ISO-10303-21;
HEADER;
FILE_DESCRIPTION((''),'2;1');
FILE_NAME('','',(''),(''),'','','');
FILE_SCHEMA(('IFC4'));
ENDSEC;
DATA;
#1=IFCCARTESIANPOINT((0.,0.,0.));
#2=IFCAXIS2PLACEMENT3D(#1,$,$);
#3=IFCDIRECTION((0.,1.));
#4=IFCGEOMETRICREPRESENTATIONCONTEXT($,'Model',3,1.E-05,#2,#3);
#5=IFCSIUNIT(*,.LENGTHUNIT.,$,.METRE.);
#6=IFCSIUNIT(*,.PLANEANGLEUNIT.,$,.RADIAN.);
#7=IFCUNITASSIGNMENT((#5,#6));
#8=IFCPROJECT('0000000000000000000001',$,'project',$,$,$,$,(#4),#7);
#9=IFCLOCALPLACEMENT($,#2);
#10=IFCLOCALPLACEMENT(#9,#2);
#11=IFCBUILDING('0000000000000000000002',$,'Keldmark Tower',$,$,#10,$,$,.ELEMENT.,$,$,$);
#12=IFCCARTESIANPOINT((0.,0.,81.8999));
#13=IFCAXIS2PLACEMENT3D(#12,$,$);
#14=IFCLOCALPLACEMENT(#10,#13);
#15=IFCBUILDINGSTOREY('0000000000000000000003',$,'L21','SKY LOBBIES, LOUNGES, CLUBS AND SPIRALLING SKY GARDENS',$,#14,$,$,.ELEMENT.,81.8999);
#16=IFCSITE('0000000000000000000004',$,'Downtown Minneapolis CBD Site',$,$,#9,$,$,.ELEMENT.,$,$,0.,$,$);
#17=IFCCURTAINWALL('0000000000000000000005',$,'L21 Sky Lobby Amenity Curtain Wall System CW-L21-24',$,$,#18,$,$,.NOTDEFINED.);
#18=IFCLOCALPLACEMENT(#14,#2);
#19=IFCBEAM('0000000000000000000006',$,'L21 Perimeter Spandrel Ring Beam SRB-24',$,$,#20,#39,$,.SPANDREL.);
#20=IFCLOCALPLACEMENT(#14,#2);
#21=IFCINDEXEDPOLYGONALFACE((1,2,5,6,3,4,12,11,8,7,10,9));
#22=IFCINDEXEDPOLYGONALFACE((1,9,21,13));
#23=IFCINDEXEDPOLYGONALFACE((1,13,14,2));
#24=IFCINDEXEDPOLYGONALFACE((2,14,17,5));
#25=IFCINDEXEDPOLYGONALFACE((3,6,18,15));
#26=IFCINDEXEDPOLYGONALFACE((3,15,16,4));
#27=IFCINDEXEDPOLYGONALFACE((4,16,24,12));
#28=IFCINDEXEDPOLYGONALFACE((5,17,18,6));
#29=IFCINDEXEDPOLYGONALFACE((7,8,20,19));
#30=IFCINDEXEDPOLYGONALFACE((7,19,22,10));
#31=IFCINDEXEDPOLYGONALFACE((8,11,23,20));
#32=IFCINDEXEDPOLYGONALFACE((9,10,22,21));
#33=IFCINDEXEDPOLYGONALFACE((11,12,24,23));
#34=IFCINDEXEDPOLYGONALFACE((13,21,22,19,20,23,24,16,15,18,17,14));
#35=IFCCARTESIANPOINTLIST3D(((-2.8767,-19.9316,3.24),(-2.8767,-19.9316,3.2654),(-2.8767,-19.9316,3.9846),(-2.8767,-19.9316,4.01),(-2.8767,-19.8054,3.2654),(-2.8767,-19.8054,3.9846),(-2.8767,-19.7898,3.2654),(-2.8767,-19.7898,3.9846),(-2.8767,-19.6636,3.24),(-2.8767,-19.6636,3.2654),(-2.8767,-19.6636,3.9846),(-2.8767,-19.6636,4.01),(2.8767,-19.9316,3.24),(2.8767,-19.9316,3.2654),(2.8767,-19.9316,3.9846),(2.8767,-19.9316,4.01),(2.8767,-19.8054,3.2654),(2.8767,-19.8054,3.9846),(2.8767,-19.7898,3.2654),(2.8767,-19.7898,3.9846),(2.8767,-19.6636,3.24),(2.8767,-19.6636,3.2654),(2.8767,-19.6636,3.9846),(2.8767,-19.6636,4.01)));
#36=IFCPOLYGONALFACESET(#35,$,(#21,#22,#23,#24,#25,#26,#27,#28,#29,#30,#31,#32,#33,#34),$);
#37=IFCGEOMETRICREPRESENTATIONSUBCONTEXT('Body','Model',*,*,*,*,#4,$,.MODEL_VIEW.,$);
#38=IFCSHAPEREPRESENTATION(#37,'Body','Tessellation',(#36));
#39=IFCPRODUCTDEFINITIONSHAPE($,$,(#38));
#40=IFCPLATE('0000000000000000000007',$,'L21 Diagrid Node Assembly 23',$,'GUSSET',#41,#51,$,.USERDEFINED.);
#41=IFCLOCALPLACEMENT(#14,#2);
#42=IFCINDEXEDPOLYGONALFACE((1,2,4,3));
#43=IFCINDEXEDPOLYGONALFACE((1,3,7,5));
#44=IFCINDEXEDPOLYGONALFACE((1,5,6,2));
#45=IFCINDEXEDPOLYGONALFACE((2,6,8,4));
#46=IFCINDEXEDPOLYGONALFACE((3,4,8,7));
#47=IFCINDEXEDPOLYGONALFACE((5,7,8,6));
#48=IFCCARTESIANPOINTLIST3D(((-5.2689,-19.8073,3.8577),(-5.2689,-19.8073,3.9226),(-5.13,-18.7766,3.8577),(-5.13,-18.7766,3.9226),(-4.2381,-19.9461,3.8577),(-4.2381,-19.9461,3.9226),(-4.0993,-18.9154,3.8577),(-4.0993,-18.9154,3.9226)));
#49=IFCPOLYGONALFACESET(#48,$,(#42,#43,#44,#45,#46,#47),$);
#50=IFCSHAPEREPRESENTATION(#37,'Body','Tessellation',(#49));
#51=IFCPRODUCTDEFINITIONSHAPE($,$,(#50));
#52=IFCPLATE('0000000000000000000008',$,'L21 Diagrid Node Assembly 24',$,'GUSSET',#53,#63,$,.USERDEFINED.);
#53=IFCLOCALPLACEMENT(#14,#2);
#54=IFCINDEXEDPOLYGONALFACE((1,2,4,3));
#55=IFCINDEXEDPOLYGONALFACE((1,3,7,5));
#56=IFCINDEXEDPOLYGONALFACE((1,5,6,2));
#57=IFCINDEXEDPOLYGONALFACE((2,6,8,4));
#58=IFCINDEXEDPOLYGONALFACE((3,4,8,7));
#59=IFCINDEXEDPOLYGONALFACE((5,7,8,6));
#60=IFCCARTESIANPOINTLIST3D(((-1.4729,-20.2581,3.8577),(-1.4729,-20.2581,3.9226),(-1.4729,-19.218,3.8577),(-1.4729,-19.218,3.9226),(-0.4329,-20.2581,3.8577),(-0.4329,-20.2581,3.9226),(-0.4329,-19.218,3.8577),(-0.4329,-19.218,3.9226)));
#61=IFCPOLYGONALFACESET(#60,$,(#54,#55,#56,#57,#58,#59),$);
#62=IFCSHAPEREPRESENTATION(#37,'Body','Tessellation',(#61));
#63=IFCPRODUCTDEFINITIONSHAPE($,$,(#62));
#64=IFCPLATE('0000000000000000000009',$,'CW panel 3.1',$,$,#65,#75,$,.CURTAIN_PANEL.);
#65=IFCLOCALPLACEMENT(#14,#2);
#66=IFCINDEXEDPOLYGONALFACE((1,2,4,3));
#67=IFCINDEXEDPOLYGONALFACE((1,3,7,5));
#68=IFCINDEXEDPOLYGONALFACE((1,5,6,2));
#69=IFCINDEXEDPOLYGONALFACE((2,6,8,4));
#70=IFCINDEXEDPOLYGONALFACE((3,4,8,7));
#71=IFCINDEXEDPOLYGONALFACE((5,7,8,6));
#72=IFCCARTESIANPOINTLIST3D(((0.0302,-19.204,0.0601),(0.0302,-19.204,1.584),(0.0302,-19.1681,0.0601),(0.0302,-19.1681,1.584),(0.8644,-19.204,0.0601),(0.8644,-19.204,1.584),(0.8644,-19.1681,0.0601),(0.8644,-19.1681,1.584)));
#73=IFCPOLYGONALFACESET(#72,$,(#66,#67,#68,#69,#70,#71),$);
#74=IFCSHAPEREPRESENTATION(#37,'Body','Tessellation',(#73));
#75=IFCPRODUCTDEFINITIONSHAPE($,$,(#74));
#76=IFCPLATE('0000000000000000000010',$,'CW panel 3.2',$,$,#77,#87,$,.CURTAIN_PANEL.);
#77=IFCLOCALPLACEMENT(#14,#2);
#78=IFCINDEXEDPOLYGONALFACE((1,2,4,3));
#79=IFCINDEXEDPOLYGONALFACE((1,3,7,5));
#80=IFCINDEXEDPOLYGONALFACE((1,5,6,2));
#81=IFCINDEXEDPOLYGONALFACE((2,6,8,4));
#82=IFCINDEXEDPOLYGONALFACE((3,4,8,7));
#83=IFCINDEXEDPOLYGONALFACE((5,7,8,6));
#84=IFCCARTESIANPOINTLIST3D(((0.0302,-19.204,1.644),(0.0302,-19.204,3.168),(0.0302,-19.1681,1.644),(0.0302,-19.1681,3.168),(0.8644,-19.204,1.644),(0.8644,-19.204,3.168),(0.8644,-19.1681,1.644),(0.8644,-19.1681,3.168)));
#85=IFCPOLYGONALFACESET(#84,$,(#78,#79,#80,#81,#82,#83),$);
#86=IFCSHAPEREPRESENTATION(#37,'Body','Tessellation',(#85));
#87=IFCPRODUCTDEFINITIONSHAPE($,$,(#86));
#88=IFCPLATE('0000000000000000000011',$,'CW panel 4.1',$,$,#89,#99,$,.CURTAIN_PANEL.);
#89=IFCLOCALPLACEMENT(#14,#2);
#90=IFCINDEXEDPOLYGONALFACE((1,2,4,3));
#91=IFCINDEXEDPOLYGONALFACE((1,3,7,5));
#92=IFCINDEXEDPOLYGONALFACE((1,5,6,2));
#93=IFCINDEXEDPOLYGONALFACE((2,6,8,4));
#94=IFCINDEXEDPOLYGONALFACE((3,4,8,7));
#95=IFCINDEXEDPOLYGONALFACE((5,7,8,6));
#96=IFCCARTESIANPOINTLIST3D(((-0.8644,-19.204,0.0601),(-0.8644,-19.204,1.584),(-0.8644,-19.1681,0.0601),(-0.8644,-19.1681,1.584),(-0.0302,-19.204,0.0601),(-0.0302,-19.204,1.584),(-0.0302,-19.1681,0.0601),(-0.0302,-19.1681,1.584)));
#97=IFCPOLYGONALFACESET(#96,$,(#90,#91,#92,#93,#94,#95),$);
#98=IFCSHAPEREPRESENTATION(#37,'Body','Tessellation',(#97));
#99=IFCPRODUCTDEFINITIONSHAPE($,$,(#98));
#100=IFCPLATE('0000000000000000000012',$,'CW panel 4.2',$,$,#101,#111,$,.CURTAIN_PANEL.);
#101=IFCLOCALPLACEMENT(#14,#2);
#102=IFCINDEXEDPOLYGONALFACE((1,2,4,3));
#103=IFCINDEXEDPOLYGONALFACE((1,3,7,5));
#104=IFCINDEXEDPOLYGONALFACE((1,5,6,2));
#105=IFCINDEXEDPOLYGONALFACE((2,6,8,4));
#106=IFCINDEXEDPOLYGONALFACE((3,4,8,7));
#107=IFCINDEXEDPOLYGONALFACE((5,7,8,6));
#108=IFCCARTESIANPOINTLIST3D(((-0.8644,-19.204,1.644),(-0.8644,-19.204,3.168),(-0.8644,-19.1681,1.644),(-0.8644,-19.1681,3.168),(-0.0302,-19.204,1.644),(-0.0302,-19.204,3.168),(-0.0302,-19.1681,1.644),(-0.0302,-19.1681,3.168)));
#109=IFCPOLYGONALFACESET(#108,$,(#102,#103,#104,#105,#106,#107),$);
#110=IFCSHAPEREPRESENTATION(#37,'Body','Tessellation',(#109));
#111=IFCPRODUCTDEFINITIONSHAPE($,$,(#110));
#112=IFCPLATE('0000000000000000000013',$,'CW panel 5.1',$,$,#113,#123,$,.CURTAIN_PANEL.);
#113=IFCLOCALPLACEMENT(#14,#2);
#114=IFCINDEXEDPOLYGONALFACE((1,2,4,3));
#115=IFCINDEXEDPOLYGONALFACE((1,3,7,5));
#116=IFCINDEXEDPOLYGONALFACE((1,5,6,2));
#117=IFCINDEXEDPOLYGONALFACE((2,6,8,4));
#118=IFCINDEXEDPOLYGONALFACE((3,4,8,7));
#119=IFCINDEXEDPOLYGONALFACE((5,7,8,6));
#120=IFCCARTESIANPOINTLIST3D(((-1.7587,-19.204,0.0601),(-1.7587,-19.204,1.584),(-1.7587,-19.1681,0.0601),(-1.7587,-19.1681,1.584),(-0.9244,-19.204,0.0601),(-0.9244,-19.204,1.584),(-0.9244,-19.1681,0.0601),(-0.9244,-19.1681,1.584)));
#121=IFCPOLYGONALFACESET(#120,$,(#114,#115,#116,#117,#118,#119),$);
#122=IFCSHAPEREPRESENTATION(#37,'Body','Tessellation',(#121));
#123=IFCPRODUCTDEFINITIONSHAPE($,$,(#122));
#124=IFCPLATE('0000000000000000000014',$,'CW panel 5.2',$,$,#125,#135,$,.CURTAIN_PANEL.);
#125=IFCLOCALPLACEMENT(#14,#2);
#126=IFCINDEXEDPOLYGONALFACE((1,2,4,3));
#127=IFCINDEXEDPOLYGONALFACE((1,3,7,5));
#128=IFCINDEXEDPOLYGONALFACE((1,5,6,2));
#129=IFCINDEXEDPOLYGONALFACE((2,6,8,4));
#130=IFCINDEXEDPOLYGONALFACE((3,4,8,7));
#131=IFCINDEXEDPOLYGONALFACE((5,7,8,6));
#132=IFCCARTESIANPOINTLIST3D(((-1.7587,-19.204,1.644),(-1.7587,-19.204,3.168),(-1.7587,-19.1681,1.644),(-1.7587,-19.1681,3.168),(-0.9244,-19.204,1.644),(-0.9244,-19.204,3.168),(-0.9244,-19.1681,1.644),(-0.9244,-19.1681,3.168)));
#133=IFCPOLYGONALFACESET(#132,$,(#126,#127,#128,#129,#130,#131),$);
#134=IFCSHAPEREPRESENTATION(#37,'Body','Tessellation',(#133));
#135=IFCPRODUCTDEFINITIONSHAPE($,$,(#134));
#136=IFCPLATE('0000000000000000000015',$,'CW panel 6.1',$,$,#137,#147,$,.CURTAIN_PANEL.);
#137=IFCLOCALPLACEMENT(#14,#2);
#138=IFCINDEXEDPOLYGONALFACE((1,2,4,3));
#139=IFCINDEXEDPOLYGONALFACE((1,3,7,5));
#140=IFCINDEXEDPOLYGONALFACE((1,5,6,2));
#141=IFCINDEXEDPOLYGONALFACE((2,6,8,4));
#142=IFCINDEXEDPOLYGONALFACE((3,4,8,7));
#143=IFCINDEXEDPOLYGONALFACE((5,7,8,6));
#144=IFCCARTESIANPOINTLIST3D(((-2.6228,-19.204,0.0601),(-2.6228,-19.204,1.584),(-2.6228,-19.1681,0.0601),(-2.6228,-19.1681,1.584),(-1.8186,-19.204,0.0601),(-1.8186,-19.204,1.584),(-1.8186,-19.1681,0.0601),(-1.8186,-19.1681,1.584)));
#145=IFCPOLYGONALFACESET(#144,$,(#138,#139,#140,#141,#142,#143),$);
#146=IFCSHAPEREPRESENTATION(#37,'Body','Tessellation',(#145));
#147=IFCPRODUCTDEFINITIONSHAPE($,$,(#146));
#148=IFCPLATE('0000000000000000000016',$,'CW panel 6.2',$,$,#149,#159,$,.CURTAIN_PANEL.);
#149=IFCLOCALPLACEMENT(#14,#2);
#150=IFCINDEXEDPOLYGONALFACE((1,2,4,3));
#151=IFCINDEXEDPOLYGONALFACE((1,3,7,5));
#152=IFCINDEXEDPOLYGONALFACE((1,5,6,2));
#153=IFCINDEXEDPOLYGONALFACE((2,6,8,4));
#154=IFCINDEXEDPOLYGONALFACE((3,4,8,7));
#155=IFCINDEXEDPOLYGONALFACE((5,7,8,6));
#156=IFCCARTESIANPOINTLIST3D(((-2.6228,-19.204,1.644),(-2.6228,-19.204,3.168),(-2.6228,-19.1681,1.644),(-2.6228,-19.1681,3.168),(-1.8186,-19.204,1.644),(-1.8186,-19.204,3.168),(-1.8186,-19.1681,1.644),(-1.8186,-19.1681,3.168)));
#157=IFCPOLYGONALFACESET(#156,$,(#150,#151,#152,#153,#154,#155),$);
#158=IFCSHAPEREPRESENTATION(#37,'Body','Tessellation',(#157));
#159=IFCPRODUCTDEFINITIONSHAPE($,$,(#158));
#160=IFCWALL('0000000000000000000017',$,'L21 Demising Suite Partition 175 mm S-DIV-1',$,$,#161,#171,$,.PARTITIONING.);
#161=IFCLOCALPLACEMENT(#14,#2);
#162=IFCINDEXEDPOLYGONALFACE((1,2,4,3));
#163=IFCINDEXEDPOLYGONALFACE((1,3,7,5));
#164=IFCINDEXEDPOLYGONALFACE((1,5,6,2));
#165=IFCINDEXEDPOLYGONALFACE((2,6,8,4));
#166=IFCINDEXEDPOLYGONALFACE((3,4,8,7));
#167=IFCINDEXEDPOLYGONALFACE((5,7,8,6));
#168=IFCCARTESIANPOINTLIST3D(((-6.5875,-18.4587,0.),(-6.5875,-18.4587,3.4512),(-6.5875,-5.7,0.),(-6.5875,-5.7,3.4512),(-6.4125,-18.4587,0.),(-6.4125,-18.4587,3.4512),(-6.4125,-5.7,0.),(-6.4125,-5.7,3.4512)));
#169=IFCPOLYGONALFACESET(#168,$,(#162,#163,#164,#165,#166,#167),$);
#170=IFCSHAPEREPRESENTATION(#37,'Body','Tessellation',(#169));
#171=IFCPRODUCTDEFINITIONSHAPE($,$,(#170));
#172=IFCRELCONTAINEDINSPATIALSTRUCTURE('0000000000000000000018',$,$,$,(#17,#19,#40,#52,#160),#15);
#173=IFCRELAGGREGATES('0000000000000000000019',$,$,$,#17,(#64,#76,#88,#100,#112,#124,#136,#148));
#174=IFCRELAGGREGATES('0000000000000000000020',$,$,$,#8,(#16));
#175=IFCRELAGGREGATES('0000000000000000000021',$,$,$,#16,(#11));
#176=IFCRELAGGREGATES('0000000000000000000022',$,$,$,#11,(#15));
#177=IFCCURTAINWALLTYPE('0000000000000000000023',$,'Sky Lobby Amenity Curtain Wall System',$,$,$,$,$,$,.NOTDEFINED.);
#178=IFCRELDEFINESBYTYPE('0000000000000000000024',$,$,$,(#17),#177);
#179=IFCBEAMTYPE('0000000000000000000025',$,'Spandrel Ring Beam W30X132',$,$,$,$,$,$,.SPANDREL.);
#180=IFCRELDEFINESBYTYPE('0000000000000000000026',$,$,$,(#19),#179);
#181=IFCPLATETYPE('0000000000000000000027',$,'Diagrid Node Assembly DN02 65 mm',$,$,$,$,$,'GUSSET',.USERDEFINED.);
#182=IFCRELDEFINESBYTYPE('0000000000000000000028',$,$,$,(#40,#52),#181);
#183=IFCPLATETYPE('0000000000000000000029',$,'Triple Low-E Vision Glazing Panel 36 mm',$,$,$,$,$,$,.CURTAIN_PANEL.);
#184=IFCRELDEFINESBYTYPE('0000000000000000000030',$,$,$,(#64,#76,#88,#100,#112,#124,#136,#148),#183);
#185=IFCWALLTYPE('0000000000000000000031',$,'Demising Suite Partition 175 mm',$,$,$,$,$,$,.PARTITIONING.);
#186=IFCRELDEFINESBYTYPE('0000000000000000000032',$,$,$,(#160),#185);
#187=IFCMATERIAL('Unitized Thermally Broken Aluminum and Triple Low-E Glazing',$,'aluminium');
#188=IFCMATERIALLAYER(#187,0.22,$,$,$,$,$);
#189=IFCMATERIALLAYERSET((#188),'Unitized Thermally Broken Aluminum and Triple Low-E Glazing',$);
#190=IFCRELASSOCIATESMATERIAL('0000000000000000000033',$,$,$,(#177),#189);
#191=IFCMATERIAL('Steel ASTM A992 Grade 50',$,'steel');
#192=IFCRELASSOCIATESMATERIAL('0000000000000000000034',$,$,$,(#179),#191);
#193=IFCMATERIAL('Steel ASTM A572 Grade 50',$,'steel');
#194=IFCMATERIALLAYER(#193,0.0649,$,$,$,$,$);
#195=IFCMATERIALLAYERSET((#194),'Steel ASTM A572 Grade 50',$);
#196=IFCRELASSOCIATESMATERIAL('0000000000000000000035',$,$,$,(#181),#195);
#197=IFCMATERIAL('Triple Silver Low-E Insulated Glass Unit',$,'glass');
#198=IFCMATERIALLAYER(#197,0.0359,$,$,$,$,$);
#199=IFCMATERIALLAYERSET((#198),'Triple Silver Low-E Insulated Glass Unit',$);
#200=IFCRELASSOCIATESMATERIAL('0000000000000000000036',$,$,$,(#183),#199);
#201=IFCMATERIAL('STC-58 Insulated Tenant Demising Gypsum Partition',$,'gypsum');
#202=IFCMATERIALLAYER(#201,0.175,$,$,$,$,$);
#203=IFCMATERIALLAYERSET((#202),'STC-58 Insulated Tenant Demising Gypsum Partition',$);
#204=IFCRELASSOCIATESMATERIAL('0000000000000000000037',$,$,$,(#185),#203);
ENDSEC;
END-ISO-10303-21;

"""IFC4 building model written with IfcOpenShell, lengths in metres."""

from ifc_helpers import new_model, si_unit, direction, frame, frame_2d, origin, origin_2d, place, context, subcontext, project, spatial, rectangle, i_section, extrude, material, layer, layer_set, material_profile, profile_set, type_object, element, aggregate, save


model = new_model("IFC4")

# Units and contexts
model_context = context("Model", 3, precision=1e-05, world=origin(), true_north=direction((0.0, 1.0)))
body_context = subcontext(model_context, "Body", "Model", "MODEL_VIEW")
ifc_project = project(units=[si_unit("LENGTHUNIT", "METRE"), si_unit("PLANEANGLEUNIT", "RADIAN")], contexts=[model_context])

# Site, building, storey
site_placement = place(None, origin())
site = spatial("IfcSite", under=ifc_project, at=site_placement, Name="Downtown Minneapolis CBD Site", CompositionType="ELEMENT", RefElevation=0.0)
building_placement = place(site_placement, origin())
building = spatial("IfcBuilding", under=site, at=building_placement, Name="Keldmark Tower", CompositionType="ELEMENT")
storey_placement = place(building_placement, frame((0.0, 0.0, 81.8999)))
storey = spatial("IfcBuildingStorey", under=building, at=storey_placement, Name="L21", Description="SKY LOBBIES, LOUNGES, CLUBS AND SPIRALLING SKY GARDENS", CompositionType="ELEMENT", Elevation=81.8999)

# Curtain wall
ifc_material_1 = material(Name="Unitized Thermally Broken Aluminum and Triple Low-E Glazing", Category="aluminium")
ifc_layer_1 = layer(ifc_material_1, 0.22)
ifc_layer_set_1 = layer_set([ifc_layer_1], Name="Unitized Thermally Broken Aluminum and Triple Low-E Glazing")
curtain_wall_type = type_object("IfcCurtainWallType", Name="Sky Lobby Amenity Curtain Wall System", PredefinedType="NOTDEFINED", material=ifc_layer_set_1)
curtain_wall_1_placement = place(storey_placement, origin())
curtain_wall_1 = element("IfcCurtainWall", 1, at=curtain_wall_1_placement, inside=storey, type_object=curtain_wall_type, Name="L21 Sky Lobby Amenity Curtain Wall System CW-L21-24", PredefinedType="NOTDEFINED")

# Beam
ifc_material_2 = material(Name="Steel ASTM A992 Grade 50", Category="steel")
ifc_material_profile_1 = material_profile(ifc_material_2, i_section(OverallWidth=0.2681, OverallDepth=0.77, WebThickness=0.0156, FlangeThickness=0.0254, at=origin_2d()), Name="W30X132")
ifc_profile_set_1 = profile_set([ifc_material_profile_1], Name="Steel ASTM A992 Grade 50")
beam_type_1 = type_object("IfcBeamType", Name="Spandrel Ring Beam W30X132", PredefinedType="SPANDREL", material=ifc_profile_set_1)
beam_1_placement = place(storey_placement, frame((-2.8767, -19.7976, 3.625), z_axis=(1.0, 0.0, 0.0), x_axis=(0.0, 1.0, 0.0)))
element("IfcBeam", 2, at=beam_1_placement, inside=storey, type_object=beam_type_1, Name="L21 Perimeter Spandrel Ring Beam SRB-24", PredefinedType="SPANDREL", context=body_context, shape_type="SweptSolid", body=[
    extrude(i_section(OverallWidth=0.2681, OverallDepth=0.77, WebThickness=0.0156, FlangeThickness=0.0254, at=origin_2d()), origin(), (0.0, 0.0, 1.0), 5.7534),
])

# Plates
ifc_material_3 = material(Name="Steel ASTM A572 Grade 50", Category="steel")
ifc_layer_2 = layer(ifc_material_3, 0.0649)
ifc_layer_set_2 = layer_set([ifc_layer_2], Name="Steel ASTM A572 Grade 50")
plate_type_1 = type_object("IfcPlateType", Name="Diagrid Node Assembly DN02 65 mm", ElementType="GUSSET", PredefinedType="USERDEFINED", material=ifc_layer_set_2)
for number, where, z_axis, x_axis, name in (
    (3, (-4.6841, -19.3613, 3.8577), (0.0, 0.0, 1.0), (0.991053, -0.133467, 0.0), "L21 Diagrid Node Assembly 23"),
    (4, (-0.9529, -19.738, 3.8577), (0.0, 0.0, 1.0), (1.0, 0.0, 0.0), "L21 Diagrid Node Assembly 24"),
):
    element("IfcPlate", number, at=place(storey_placement, frame(where, z_axis=z_axis, x_axis=x_axis)), inside=storey, type_object=plate_type_1, Name=name, ObjectType="GUSSET", PredefinedType="USERDEFINED", context=body_context, shape_type="SweptSolid", body=[
        extrude(rectangle(XDim=1.04, YDim=1.04, at=origin_2d()), origin(), (0.0, 0.0, 1.0), 0.0649),
    ])

# Plates
ifc_material_4 = material(Name="Triple Silver Low-E Insulated Glass Unit", Category="glass")
ifc_layer_3 = layer(ifc_material_4, 0.0359)
ifc_layer_set_3 = layer_set([ifc_layer_3], Name="Triple Silver Low-E Insulated Glass Unit")
plate_type_2 = type_object("IfcPlateType", Name="Triple Low-E Vision Glazing Panel 36 mm", PredefinedType="CURTAIN_PANEL", material=ifc_layer_set_3)
plate_1_placement = place(storey_placement, frame((0.4473, -19.186, 0.0601), z_axis=(0.0, 0.0, 1.0), x_axis=(-1.0, 0.0, 0.0)))
plate_1 = element("IfcPlate", 5, at=plate_1_placement, type_object=plate_type_2, Name="CW panel 3.1", PredefinedType="CURTAIN_PANEL", context=body_context, shape_type="SweptSolid", body=[
    extrude(rectangle(XDim=0.8342, YDim=0.0359, at=origin_2d()), origin(), (0.0, 0.0, 1.0), 1.5239),
])
plate_2_placement = place(storey_placement, frame((0.4473, -19.186, 1.644), z_axis=(0.0, 0.0, 1.0), x_axis=(-1.0, 0.0, 0.0)))
plate_2 = element("IfcPlate", 6, at=plate_2_placement, type_object=plate_type_2, Name="CW panel 3.2", PredefinedType="CURTAIN_PANEL", context=body_context, shape_type="SweptSolid", body=[
    extrude(rectangle(XDim=0.8342, YDim=0.0359, at=origin_2d()), origin(), (0.0, 0.0, 1.0), 1.5239),
])
plate_3_placement = place(storey_placement, frame((-0.4473, -19.186, 0.0601), z_axis=(0.0, 0.0, 1.0), x_axis=(-1.0, 0.0, 0.0)))
plate_3 = element("IfcPlate", 7, at=plate_3_placement, type_object=plate_type_2, Name="CW panel 4.1", PredefinedType="CURTAIN_PANEL", context=body_context, shape_type="SweptSolid", body=[
    extrude(rectangle(XDim=0.8342, YDim=0.0359, at=origin_2d()), origin(), (0.0, 0.0, 1.0), 1.5239),
])
plate_4_placement = place(storey_placement, frame((-0.4473, -19.186, 1.644), z_axis=(0.0, 0.0, 1.0), x_axis=(-1.0, 0.0, 0.0)))
plate_4 = element("IfcPlate", 8, at=plate_4_placement, type_object=plate_type_2, Name="CW panel 4.2", PredefinedType="CURTAIN_PANEL", context=body_context, shape_type="SweptSolid", body=[
    extrude(rectangle(XDim=0.8342, YDim=0.0359, at=origin_2d()), origin(), (0.0, 0.0, 1.0), 1.5239),
])
plate_5_placement = place(storey_placement, frame((-1.3416, -19.186, 0.0601), z_axis=(0.0, 0.0, 1.0), x_axis=(-1.0, 0.0, 0.0)))
plate_5 = element("IfcPlate", 9, at=plate_5_placement, type_object=plate_type_2, Name="CW panel 5.1", PredefinedType="CURTAIN_PANEL", context=body_context, shape_type="SweptSolid", body=[
    extrude(rectangle(XDim=0.8342, YDim=0.0359, at=origin_2d()), origin(), (0.0, 0.0, 1.0), 1.5239),
])
plate_6_placement = place(storey_placement, frame((-1.3416, -19.186, 1.644), z_axis=(0.0, 0.0, 1.0), x_axis=(-1.0, 0.0, 0.0)))
plate_6 = element("IfcPlate", 10, at=plate_6_placement, type_object=plate_type_2, Name="CW panel 5.2", PredefinedType="CURTAIN_PANEL", context=body_context, shape_type="SweptSolid", body=[
    extrude(rectangle(XDim=0.8342, YDim=0.0359, at=origin_2d()), origin(), (0.0, 0.0, 1.0), 1.5239),
])
plate_7_placement = place(storey_placement, frame((-2.2207, -19.186, 0.0601), z_axis=(0.0, 0.0, 1.0), x_axis=(-1.0, 0.0, 0.0)))
plate_7 = element("IfcPlate", 11, at=plate_7_placement, type_object=plate_type_2, Name="CW panel 6.1", PredefinedType="CURTAIN_PANEL", context=body_context, shape_type="SweptSolid", body=[
    extrude(rectangle(XDim=0.8042, YDim=0.0359, at=origin_2d()), origin(), (0.0, 0.0, 1.0), 1.5239),
])
plate_8_placement = place(storey_placement, frame((-2.2207, -19.186, 1.644), z_axis=(0.0, 0.0, 1.0), x_axis=(-1.0, 0.0, 0.0)))
plate_8 = element("IfcPlate", 12, at=plate_8_placement, type_object=plate_type_2, Name="CW panel 6.2", PredefinedType="CURTAIN_PANEL", context=body_context, shape_type="SweptSolid", body=[
    extrude(rectangle(XDim=0.8042, YDim=0.0359, at=origin_2d()), origin(), (0.0, 0.0, 1.0), 1.5239),
])
aggregate(curtain_wall_1, [plate_1, plate_2, plate_3, plate_4, plate_5, plate_6, plate_7, plate_8])

# Wall
ifc_material_5 = material(Name="STC-58 Insulated Tenant Demising Gypsum Partition", Category="gypsum")
ifc_layer_4 = layer(ifc_material_5, 0.175)
ifc_layer_set_4 = layer_set([ifc_layer_4], Name="STC-58 Insulated Tenant Demising Gypsum Partition")
wall_type_1 = type_object("IfcWallType", Name="Demising Suite Partition 175 mm", PredefinedType="PARTITIONING", material=ifc_layer_set_4)
wall_1_placement = place(storey_placement, frame((-6.5, -18.4587, 0.0), z_axis=(0.0, 0.0, 1.0), x_axis=(0.0, 1.0, 0.0)))
element("IfcWall", 13, at=wall_1_placement, inside=storey, type_object=wall_type_1, Name="L21 Demising Suite Partition 175 mm S-DIV-1", PredefinedType="PARTITIONING", context=body_context, shape_type="SweptSolid", body=[
    extrude(rectangle(XDim=12.7588, YDim=0.175, at=frame_2d((6.3794, 0.0))), origin(), (0.0, 0.0, 1.0), 3.4512),
])

save(model, "model.ifc")
